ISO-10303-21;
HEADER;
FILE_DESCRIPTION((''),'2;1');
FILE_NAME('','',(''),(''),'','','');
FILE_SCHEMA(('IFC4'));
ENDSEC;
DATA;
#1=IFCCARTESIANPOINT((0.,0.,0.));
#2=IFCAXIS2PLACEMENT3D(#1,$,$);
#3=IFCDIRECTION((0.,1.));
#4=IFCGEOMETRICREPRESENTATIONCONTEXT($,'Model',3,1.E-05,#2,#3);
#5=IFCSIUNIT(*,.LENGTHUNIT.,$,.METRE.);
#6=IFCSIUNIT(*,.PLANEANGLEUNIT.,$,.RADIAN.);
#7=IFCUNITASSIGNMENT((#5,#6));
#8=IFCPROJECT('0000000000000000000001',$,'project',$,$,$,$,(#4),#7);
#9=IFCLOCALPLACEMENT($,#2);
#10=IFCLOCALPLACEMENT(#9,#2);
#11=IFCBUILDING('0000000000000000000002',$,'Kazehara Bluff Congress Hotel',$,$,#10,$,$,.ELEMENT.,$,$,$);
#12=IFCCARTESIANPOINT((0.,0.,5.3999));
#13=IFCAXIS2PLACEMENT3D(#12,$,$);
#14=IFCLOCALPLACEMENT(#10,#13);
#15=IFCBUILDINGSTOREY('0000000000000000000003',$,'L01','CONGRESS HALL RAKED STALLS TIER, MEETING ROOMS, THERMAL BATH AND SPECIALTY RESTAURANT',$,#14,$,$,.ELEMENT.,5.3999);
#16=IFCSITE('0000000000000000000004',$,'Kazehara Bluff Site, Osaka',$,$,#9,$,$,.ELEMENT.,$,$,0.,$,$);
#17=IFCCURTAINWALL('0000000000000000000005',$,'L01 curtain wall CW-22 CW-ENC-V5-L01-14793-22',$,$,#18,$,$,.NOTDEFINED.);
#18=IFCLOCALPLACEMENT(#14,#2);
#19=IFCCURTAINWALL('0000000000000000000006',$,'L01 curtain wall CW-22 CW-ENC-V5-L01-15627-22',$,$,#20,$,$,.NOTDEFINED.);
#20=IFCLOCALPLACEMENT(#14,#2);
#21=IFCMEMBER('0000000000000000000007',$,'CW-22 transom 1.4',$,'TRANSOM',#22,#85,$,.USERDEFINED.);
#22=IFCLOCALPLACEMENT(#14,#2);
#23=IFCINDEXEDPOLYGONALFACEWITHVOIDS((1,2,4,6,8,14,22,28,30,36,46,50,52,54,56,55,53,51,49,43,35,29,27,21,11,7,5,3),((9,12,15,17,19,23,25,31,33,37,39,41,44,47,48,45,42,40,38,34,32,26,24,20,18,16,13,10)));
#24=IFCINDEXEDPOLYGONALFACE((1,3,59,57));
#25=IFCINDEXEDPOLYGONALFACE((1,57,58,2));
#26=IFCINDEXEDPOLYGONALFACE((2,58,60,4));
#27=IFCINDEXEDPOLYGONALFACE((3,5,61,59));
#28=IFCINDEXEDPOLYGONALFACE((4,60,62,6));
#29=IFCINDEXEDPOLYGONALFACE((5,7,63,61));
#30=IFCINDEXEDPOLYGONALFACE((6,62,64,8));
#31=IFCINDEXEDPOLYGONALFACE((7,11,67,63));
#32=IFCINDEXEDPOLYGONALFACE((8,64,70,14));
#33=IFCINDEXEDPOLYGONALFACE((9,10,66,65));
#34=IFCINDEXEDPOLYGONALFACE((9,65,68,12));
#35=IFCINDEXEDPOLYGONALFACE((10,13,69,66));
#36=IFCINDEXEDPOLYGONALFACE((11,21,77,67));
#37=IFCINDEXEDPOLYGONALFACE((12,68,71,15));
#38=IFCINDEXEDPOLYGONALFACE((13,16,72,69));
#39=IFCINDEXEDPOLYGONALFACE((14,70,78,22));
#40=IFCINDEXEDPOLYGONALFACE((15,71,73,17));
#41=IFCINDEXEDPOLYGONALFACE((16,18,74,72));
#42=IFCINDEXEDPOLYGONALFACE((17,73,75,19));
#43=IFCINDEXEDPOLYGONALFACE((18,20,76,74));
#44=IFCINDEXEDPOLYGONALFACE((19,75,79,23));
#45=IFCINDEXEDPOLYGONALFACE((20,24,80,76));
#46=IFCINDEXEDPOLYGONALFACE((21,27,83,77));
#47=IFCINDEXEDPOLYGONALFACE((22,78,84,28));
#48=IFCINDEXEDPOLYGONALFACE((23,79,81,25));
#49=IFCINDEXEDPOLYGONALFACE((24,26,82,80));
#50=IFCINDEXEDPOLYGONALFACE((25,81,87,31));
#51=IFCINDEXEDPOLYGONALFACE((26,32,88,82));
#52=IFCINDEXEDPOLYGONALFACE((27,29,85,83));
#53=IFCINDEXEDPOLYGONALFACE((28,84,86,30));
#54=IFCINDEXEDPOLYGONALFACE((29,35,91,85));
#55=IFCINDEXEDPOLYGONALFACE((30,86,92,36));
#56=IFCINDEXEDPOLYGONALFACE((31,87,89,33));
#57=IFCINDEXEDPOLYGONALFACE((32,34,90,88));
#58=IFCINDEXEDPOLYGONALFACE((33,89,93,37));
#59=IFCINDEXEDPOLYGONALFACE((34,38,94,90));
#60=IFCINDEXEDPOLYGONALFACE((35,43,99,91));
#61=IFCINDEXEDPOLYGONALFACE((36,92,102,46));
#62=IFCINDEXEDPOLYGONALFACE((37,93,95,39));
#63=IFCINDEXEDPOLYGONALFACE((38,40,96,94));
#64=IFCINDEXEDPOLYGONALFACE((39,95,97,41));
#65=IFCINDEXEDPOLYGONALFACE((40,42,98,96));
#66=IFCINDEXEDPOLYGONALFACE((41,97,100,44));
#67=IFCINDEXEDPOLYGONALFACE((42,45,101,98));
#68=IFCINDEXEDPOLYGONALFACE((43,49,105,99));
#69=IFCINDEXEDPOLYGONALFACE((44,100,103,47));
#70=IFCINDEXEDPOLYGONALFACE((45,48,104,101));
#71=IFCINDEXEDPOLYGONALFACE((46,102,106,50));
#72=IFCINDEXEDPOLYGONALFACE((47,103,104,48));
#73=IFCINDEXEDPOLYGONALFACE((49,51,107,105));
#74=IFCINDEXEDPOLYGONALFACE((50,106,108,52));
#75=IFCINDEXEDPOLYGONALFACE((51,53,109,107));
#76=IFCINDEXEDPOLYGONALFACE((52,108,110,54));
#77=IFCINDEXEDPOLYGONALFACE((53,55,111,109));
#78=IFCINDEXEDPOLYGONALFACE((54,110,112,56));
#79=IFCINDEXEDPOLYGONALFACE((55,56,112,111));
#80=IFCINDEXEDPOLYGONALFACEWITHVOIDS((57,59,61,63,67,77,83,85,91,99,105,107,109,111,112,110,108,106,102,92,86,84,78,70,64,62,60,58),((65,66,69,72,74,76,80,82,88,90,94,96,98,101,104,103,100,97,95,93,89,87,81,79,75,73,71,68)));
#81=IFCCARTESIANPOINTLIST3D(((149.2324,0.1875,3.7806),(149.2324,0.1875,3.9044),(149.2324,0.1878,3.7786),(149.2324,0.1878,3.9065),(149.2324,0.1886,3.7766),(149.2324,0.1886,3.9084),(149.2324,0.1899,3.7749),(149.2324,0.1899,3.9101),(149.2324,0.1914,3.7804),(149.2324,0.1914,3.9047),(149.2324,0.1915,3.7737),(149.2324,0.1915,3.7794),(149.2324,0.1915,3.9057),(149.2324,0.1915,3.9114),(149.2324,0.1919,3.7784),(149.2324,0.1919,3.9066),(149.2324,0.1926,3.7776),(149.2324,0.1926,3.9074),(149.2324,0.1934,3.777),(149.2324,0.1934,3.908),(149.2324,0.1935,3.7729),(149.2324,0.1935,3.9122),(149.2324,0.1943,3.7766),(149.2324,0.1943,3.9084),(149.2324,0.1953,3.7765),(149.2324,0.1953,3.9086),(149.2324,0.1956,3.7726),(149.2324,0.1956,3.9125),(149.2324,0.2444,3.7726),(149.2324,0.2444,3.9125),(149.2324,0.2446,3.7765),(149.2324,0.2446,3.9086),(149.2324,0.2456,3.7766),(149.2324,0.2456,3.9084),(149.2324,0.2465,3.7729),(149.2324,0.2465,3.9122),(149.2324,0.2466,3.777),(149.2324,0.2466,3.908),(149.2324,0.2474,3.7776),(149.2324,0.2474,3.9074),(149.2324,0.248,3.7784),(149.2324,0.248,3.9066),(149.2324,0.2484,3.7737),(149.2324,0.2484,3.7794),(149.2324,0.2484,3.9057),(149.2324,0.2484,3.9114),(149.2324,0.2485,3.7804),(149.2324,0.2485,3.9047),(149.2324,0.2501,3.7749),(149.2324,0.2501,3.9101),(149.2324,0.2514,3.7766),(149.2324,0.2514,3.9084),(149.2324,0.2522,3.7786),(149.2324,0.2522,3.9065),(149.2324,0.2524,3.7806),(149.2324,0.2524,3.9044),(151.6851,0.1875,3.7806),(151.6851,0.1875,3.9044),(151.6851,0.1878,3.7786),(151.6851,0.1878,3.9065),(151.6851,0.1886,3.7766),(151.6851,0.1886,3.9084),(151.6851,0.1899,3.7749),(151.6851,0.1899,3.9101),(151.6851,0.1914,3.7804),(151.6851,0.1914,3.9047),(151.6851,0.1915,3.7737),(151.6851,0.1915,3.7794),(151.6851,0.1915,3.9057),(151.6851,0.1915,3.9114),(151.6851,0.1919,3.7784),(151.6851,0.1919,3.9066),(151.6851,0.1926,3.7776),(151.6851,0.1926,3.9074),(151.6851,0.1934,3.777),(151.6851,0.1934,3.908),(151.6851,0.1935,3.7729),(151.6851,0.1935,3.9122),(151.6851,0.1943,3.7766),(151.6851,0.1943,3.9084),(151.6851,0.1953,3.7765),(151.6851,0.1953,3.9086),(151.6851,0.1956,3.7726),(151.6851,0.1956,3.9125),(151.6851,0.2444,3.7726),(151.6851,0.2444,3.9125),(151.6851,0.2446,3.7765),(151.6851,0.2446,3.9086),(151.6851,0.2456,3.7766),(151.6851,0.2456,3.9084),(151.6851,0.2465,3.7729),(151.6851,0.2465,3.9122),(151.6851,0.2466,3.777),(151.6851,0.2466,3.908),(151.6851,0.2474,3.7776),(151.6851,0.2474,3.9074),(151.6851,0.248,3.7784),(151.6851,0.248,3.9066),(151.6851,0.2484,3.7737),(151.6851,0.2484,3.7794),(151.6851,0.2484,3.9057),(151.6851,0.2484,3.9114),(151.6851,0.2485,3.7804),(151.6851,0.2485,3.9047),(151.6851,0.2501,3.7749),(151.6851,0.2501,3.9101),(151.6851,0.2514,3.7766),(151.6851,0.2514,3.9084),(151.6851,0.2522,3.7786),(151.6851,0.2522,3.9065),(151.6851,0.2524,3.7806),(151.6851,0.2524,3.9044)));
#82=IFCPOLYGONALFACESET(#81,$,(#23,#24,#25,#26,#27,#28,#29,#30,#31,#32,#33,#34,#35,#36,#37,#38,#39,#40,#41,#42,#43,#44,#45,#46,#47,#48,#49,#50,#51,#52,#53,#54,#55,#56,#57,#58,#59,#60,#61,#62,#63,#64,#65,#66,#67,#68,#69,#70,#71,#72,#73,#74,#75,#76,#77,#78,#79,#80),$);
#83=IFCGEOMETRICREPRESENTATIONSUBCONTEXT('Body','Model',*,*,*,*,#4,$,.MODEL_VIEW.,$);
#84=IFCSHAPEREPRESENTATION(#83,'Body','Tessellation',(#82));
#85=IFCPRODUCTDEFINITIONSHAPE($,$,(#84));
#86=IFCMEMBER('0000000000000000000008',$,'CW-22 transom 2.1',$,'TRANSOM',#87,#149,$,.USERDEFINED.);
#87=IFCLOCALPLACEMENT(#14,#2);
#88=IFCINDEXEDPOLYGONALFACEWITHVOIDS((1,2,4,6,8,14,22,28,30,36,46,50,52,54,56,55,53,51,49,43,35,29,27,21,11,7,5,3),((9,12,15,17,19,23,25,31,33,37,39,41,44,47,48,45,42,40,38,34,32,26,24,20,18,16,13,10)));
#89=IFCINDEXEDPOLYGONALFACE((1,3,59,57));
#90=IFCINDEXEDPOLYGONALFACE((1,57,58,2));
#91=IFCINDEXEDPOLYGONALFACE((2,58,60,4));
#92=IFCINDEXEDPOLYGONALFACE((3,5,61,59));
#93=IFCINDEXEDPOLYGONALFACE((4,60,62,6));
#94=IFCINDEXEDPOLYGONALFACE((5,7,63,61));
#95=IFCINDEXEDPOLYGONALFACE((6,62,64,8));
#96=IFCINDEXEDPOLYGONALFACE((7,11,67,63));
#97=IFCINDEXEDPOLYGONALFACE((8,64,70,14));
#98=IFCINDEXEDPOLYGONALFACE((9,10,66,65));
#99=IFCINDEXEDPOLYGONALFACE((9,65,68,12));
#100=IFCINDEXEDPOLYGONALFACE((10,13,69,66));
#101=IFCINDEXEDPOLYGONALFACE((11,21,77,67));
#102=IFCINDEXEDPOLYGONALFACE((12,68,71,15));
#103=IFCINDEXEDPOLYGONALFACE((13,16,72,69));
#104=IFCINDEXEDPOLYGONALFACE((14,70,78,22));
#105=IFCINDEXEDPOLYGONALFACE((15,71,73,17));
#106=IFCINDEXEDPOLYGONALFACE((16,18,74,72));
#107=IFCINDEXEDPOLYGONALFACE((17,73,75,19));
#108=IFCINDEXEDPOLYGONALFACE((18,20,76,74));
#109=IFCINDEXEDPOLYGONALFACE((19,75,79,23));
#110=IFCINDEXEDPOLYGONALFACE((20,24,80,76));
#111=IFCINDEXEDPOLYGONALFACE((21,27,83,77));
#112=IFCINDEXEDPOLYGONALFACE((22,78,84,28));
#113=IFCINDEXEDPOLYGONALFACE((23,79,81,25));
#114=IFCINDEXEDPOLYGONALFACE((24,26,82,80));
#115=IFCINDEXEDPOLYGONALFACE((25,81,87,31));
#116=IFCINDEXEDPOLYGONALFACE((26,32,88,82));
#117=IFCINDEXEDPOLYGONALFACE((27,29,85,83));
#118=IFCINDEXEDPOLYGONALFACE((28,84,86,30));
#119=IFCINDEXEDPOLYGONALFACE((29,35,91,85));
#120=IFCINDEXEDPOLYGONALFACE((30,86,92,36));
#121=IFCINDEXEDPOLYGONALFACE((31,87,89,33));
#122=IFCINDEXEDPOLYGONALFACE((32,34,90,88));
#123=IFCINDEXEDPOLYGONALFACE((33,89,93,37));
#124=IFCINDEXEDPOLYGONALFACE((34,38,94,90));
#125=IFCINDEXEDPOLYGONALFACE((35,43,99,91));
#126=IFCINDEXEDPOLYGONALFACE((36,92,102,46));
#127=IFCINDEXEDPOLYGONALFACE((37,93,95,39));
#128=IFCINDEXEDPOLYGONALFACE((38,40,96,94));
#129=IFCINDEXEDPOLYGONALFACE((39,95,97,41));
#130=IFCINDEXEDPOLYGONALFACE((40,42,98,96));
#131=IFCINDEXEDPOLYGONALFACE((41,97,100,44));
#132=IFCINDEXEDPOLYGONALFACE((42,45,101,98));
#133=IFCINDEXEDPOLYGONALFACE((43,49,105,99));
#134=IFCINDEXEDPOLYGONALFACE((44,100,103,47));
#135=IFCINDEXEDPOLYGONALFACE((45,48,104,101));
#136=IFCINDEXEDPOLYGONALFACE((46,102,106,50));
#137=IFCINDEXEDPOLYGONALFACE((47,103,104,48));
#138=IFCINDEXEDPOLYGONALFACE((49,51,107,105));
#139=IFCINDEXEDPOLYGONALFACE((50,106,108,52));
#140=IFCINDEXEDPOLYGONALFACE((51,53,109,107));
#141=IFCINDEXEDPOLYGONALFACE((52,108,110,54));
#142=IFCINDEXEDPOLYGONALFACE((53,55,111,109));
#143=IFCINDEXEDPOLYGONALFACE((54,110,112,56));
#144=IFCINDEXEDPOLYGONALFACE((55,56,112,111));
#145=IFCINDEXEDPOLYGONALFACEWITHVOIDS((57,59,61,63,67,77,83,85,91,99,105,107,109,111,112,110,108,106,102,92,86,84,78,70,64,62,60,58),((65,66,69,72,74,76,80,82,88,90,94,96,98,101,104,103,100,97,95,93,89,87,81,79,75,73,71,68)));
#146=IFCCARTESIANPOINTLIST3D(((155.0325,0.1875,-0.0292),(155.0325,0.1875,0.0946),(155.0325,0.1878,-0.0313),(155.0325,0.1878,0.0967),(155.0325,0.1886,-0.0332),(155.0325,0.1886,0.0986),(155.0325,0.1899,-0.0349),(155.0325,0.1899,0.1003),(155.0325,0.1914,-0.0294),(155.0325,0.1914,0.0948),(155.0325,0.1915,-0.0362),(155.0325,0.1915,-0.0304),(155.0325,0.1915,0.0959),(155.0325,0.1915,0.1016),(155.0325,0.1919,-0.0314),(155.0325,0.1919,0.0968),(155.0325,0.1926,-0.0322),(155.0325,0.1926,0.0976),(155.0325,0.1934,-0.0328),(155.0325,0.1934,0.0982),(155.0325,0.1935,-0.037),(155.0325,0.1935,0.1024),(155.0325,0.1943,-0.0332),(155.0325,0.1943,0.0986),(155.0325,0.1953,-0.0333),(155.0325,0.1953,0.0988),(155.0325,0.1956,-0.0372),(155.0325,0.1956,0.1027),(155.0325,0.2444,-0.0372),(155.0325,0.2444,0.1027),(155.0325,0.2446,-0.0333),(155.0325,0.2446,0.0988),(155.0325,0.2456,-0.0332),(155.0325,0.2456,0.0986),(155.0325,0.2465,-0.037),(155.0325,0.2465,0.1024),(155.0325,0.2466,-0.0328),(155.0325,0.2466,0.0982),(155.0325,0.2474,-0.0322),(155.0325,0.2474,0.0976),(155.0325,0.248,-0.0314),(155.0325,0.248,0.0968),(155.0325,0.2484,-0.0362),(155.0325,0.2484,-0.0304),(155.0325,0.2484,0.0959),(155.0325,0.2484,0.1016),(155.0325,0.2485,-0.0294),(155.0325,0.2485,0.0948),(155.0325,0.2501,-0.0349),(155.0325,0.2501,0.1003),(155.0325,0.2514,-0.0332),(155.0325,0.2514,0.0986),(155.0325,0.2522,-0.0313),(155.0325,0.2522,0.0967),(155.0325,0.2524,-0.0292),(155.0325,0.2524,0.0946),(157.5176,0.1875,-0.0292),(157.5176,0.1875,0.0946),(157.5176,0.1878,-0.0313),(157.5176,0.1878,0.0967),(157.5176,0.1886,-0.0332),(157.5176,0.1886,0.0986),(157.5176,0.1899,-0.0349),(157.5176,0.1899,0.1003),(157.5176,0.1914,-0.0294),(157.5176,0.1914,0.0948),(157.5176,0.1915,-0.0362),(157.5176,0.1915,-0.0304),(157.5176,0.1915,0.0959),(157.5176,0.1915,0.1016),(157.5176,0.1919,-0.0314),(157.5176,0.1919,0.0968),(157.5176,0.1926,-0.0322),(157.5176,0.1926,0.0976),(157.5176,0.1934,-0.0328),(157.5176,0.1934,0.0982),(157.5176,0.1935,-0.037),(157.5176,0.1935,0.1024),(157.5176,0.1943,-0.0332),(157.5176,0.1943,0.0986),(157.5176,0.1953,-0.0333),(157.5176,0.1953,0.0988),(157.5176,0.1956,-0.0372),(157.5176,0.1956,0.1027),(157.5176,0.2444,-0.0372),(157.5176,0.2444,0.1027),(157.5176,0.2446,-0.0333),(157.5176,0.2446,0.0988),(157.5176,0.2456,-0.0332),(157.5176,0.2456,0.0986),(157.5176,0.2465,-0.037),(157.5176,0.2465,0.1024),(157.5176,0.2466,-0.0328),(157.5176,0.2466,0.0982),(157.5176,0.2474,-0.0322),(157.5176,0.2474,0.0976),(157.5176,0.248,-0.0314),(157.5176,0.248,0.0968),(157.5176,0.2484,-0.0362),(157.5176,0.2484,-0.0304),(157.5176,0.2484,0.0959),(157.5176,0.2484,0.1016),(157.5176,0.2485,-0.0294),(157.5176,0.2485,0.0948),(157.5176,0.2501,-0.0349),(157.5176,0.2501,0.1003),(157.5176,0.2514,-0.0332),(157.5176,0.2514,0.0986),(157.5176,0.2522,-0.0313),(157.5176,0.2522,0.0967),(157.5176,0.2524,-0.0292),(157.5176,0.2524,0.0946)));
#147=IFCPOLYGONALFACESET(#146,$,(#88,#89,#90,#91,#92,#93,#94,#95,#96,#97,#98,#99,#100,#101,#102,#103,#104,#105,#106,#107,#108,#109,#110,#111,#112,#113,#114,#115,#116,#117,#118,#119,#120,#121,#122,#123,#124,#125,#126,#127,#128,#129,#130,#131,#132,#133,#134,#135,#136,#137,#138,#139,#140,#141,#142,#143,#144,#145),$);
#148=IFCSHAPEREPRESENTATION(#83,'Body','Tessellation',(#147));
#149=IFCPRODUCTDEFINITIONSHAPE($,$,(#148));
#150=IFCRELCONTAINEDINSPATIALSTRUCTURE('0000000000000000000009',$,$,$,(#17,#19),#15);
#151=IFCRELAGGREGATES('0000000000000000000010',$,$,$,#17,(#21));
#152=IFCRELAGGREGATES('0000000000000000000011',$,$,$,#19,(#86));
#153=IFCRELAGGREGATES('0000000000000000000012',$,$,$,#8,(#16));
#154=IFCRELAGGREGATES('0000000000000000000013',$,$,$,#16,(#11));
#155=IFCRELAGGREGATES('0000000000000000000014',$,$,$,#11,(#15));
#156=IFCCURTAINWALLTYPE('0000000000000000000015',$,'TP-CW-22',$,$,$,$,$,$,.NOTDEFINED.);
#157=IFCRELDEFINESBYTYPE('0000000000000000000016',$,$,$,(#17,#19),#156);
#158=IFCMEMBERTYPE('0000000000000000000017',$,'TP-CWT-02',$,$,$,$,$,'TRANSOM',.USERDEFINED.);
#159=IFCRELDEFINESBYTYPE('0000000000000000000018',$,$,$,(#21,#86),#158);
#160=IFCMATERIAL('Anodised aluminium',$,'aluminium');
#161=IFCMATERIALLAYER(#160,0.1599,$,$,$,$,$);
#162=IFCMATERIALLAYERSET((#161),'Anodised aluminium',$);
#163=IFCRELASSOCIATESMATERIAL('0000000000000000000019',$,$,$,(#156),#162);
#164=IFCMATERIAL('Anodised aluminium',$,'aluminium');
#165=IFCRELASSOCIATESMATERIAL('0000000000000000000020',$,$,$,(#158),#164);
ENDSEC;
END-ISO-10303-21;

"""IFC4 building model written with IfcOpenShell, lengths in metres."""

from ifc_helpers import new_model, si_unit, direction, frame, origin, origin_2d, place, context, subcontext, project, spatial, hollow_rectangle, extrude, material, layer, layer_set, material_profile, profile_set, type_object, element, aggregate, save


model = new_model("IFC4")

# Units and contexts
model_context = context("Model", 3, precision=1e-05, world=origin(), true_north=direction((0.0, 1.0)))
body_context = subcontext(model_context, "Body", "Model", "MODEL_VIEW")
ifc_project = project(units=[si_unit("LENGTHUNIT", "METRE"), si_unit("PLANEANGLEUNIT", "RADIAN")], contexts=[model_context])

# Site, building, storey
site_placement = place(None, origin())
site = spatial("IfcSite", under=ifc_project, at=site_placement, Name="Kazehara Bluff Site, Osaka", CompositionType="ELEMENT", RefElevation=0.0)
building_placement = place(site_placement, origin())
building = spatial("IfcBuilding", under=site, at=building_placement, Name="Kazehara Bluff Congress Hotel", CompositionType="ELEMENT")
storey_placement = place(building_placement, frame((0.0, 0.0, 5.3999)))
storey = spatial("IfcBuildingStorey", under=building, at=storey_placement, Name="L01", Description="CONGRESS HALL RAKED STALLS TIER, MEETING ROOMS, THERMAL BATH AND SPECIALTY RESTAURANT", CompositionType="ELEMENT", Elevation=5.3999)

# Curtain walls
ifc_material_1 = material(Name="Anodised aluminium", Category="aluminium")
ifc_layer_1 = layer(ifc_material_1, 0.1599)
ifc_layer_set_1 = layer_set([ifc_layer_1], Name="Anodised aluminium")
curtain_wall_type = type_object("IfcCurtainWallType", Name="TP-CW-22", PredefinedType="NOTDEFINED", material=ifc_layer_set_1)
curtain_wall_1_placement = place(storey_placement, origin())
curtain_wall_1 = element("IfcCurtainWall", 1, at=curtain_wall_1_placement, inside=storey, type_object=curtain_wall_type, Name="L01 curtain wall CW-22 CW-ENC-V5-L01-14793-22", PredefinedType="NOTDEFINED")
curtain_wall_2_placement = place(storey_placement, origin())
curtain_wall_2 = element("IfcCurtainWall", 2, at=curtain_wall_2_placement, inside=storey, type_object=curtain_wall_type, Name="L01 curtain wall CW-22 CW-ENC-V5-L01-15627-22", PredefinedType="NOTDEFINED")

# Members
ifc_material_2 = material(Name="Anodised aluminium", Category="aluminium")
ifc_material_profile_1 = material_profile(ifc_material_2, hollow_rectangle(XDim=0.0649, YDim=0.1399, WallThickness=0.0039, InnerFilletRadius=0.0039, OuterFilletRadius=0.0081, at=origin_2d()))
ifc_profile_set_1 = profile_set([ifc_material_profile_1], Name="Anodised aluminium")
member_type_1 = type_object("IfcMemberType", Name="TP-CWT-02", ElementType="TRANSOM", PredefinedType="USERDEFINED", material=ifc_profile_set_1)
member_1_placement = place(storey_placement, frame((151.6851, 0.22, 3.8425), z_axis=(-1.0, 0.0, 0.0), x_axis=(0.0, -1.0, 0.0)))
member_1 = element("IfcMember", 3, at=member_1_placement, type_object=member_type_1, Name="CW-22 transom 1.4", ObjectType="TRANSOM", PredefinedType="USERDEFINED", context=body_context, shape_type="SweptSolid", body=[
    extrude(hollow_rectangle(XDim=0.0649, YDim=0.1399, WallThickness=0.0039, InnerFilletRadius=0.0039, OuterFilletRadius=0.0081, at=origin_2d()), origin(), (0.0, 0.0, 1.0), 2.4526),
])
member_2_placement = place(storey_placement, frame((157.5176, 0.22, 0.0327), z_axis=(-1.0, 0.0, 0.0), x_axis=(0.0, -1.0, 0.0)))
member_2 = element("IfcMember", 4, at=member_2_placement, type_object=member_type_1, Name="CW-22 transom 2.1", ObjectType="TRANSOM", PredefinedType="USERDEFINED", context=body_context, shape_type="SweptSolid", body=[
    extrude(hollow_rectangle(XDim=0.0649, YDim=0.1399, WallThickness=0.0039, InnerFilletRadius=0.0039, OuterFilletRadius=0.0081, at=origin_2d()), origin(), (0.0, 0.0, 1.0), 2.4851),
])

aggregate(curtain_wall_1, [member_1])
aggregate(curtain_wall_2, [member_2])

save(model, "model.ifc")
